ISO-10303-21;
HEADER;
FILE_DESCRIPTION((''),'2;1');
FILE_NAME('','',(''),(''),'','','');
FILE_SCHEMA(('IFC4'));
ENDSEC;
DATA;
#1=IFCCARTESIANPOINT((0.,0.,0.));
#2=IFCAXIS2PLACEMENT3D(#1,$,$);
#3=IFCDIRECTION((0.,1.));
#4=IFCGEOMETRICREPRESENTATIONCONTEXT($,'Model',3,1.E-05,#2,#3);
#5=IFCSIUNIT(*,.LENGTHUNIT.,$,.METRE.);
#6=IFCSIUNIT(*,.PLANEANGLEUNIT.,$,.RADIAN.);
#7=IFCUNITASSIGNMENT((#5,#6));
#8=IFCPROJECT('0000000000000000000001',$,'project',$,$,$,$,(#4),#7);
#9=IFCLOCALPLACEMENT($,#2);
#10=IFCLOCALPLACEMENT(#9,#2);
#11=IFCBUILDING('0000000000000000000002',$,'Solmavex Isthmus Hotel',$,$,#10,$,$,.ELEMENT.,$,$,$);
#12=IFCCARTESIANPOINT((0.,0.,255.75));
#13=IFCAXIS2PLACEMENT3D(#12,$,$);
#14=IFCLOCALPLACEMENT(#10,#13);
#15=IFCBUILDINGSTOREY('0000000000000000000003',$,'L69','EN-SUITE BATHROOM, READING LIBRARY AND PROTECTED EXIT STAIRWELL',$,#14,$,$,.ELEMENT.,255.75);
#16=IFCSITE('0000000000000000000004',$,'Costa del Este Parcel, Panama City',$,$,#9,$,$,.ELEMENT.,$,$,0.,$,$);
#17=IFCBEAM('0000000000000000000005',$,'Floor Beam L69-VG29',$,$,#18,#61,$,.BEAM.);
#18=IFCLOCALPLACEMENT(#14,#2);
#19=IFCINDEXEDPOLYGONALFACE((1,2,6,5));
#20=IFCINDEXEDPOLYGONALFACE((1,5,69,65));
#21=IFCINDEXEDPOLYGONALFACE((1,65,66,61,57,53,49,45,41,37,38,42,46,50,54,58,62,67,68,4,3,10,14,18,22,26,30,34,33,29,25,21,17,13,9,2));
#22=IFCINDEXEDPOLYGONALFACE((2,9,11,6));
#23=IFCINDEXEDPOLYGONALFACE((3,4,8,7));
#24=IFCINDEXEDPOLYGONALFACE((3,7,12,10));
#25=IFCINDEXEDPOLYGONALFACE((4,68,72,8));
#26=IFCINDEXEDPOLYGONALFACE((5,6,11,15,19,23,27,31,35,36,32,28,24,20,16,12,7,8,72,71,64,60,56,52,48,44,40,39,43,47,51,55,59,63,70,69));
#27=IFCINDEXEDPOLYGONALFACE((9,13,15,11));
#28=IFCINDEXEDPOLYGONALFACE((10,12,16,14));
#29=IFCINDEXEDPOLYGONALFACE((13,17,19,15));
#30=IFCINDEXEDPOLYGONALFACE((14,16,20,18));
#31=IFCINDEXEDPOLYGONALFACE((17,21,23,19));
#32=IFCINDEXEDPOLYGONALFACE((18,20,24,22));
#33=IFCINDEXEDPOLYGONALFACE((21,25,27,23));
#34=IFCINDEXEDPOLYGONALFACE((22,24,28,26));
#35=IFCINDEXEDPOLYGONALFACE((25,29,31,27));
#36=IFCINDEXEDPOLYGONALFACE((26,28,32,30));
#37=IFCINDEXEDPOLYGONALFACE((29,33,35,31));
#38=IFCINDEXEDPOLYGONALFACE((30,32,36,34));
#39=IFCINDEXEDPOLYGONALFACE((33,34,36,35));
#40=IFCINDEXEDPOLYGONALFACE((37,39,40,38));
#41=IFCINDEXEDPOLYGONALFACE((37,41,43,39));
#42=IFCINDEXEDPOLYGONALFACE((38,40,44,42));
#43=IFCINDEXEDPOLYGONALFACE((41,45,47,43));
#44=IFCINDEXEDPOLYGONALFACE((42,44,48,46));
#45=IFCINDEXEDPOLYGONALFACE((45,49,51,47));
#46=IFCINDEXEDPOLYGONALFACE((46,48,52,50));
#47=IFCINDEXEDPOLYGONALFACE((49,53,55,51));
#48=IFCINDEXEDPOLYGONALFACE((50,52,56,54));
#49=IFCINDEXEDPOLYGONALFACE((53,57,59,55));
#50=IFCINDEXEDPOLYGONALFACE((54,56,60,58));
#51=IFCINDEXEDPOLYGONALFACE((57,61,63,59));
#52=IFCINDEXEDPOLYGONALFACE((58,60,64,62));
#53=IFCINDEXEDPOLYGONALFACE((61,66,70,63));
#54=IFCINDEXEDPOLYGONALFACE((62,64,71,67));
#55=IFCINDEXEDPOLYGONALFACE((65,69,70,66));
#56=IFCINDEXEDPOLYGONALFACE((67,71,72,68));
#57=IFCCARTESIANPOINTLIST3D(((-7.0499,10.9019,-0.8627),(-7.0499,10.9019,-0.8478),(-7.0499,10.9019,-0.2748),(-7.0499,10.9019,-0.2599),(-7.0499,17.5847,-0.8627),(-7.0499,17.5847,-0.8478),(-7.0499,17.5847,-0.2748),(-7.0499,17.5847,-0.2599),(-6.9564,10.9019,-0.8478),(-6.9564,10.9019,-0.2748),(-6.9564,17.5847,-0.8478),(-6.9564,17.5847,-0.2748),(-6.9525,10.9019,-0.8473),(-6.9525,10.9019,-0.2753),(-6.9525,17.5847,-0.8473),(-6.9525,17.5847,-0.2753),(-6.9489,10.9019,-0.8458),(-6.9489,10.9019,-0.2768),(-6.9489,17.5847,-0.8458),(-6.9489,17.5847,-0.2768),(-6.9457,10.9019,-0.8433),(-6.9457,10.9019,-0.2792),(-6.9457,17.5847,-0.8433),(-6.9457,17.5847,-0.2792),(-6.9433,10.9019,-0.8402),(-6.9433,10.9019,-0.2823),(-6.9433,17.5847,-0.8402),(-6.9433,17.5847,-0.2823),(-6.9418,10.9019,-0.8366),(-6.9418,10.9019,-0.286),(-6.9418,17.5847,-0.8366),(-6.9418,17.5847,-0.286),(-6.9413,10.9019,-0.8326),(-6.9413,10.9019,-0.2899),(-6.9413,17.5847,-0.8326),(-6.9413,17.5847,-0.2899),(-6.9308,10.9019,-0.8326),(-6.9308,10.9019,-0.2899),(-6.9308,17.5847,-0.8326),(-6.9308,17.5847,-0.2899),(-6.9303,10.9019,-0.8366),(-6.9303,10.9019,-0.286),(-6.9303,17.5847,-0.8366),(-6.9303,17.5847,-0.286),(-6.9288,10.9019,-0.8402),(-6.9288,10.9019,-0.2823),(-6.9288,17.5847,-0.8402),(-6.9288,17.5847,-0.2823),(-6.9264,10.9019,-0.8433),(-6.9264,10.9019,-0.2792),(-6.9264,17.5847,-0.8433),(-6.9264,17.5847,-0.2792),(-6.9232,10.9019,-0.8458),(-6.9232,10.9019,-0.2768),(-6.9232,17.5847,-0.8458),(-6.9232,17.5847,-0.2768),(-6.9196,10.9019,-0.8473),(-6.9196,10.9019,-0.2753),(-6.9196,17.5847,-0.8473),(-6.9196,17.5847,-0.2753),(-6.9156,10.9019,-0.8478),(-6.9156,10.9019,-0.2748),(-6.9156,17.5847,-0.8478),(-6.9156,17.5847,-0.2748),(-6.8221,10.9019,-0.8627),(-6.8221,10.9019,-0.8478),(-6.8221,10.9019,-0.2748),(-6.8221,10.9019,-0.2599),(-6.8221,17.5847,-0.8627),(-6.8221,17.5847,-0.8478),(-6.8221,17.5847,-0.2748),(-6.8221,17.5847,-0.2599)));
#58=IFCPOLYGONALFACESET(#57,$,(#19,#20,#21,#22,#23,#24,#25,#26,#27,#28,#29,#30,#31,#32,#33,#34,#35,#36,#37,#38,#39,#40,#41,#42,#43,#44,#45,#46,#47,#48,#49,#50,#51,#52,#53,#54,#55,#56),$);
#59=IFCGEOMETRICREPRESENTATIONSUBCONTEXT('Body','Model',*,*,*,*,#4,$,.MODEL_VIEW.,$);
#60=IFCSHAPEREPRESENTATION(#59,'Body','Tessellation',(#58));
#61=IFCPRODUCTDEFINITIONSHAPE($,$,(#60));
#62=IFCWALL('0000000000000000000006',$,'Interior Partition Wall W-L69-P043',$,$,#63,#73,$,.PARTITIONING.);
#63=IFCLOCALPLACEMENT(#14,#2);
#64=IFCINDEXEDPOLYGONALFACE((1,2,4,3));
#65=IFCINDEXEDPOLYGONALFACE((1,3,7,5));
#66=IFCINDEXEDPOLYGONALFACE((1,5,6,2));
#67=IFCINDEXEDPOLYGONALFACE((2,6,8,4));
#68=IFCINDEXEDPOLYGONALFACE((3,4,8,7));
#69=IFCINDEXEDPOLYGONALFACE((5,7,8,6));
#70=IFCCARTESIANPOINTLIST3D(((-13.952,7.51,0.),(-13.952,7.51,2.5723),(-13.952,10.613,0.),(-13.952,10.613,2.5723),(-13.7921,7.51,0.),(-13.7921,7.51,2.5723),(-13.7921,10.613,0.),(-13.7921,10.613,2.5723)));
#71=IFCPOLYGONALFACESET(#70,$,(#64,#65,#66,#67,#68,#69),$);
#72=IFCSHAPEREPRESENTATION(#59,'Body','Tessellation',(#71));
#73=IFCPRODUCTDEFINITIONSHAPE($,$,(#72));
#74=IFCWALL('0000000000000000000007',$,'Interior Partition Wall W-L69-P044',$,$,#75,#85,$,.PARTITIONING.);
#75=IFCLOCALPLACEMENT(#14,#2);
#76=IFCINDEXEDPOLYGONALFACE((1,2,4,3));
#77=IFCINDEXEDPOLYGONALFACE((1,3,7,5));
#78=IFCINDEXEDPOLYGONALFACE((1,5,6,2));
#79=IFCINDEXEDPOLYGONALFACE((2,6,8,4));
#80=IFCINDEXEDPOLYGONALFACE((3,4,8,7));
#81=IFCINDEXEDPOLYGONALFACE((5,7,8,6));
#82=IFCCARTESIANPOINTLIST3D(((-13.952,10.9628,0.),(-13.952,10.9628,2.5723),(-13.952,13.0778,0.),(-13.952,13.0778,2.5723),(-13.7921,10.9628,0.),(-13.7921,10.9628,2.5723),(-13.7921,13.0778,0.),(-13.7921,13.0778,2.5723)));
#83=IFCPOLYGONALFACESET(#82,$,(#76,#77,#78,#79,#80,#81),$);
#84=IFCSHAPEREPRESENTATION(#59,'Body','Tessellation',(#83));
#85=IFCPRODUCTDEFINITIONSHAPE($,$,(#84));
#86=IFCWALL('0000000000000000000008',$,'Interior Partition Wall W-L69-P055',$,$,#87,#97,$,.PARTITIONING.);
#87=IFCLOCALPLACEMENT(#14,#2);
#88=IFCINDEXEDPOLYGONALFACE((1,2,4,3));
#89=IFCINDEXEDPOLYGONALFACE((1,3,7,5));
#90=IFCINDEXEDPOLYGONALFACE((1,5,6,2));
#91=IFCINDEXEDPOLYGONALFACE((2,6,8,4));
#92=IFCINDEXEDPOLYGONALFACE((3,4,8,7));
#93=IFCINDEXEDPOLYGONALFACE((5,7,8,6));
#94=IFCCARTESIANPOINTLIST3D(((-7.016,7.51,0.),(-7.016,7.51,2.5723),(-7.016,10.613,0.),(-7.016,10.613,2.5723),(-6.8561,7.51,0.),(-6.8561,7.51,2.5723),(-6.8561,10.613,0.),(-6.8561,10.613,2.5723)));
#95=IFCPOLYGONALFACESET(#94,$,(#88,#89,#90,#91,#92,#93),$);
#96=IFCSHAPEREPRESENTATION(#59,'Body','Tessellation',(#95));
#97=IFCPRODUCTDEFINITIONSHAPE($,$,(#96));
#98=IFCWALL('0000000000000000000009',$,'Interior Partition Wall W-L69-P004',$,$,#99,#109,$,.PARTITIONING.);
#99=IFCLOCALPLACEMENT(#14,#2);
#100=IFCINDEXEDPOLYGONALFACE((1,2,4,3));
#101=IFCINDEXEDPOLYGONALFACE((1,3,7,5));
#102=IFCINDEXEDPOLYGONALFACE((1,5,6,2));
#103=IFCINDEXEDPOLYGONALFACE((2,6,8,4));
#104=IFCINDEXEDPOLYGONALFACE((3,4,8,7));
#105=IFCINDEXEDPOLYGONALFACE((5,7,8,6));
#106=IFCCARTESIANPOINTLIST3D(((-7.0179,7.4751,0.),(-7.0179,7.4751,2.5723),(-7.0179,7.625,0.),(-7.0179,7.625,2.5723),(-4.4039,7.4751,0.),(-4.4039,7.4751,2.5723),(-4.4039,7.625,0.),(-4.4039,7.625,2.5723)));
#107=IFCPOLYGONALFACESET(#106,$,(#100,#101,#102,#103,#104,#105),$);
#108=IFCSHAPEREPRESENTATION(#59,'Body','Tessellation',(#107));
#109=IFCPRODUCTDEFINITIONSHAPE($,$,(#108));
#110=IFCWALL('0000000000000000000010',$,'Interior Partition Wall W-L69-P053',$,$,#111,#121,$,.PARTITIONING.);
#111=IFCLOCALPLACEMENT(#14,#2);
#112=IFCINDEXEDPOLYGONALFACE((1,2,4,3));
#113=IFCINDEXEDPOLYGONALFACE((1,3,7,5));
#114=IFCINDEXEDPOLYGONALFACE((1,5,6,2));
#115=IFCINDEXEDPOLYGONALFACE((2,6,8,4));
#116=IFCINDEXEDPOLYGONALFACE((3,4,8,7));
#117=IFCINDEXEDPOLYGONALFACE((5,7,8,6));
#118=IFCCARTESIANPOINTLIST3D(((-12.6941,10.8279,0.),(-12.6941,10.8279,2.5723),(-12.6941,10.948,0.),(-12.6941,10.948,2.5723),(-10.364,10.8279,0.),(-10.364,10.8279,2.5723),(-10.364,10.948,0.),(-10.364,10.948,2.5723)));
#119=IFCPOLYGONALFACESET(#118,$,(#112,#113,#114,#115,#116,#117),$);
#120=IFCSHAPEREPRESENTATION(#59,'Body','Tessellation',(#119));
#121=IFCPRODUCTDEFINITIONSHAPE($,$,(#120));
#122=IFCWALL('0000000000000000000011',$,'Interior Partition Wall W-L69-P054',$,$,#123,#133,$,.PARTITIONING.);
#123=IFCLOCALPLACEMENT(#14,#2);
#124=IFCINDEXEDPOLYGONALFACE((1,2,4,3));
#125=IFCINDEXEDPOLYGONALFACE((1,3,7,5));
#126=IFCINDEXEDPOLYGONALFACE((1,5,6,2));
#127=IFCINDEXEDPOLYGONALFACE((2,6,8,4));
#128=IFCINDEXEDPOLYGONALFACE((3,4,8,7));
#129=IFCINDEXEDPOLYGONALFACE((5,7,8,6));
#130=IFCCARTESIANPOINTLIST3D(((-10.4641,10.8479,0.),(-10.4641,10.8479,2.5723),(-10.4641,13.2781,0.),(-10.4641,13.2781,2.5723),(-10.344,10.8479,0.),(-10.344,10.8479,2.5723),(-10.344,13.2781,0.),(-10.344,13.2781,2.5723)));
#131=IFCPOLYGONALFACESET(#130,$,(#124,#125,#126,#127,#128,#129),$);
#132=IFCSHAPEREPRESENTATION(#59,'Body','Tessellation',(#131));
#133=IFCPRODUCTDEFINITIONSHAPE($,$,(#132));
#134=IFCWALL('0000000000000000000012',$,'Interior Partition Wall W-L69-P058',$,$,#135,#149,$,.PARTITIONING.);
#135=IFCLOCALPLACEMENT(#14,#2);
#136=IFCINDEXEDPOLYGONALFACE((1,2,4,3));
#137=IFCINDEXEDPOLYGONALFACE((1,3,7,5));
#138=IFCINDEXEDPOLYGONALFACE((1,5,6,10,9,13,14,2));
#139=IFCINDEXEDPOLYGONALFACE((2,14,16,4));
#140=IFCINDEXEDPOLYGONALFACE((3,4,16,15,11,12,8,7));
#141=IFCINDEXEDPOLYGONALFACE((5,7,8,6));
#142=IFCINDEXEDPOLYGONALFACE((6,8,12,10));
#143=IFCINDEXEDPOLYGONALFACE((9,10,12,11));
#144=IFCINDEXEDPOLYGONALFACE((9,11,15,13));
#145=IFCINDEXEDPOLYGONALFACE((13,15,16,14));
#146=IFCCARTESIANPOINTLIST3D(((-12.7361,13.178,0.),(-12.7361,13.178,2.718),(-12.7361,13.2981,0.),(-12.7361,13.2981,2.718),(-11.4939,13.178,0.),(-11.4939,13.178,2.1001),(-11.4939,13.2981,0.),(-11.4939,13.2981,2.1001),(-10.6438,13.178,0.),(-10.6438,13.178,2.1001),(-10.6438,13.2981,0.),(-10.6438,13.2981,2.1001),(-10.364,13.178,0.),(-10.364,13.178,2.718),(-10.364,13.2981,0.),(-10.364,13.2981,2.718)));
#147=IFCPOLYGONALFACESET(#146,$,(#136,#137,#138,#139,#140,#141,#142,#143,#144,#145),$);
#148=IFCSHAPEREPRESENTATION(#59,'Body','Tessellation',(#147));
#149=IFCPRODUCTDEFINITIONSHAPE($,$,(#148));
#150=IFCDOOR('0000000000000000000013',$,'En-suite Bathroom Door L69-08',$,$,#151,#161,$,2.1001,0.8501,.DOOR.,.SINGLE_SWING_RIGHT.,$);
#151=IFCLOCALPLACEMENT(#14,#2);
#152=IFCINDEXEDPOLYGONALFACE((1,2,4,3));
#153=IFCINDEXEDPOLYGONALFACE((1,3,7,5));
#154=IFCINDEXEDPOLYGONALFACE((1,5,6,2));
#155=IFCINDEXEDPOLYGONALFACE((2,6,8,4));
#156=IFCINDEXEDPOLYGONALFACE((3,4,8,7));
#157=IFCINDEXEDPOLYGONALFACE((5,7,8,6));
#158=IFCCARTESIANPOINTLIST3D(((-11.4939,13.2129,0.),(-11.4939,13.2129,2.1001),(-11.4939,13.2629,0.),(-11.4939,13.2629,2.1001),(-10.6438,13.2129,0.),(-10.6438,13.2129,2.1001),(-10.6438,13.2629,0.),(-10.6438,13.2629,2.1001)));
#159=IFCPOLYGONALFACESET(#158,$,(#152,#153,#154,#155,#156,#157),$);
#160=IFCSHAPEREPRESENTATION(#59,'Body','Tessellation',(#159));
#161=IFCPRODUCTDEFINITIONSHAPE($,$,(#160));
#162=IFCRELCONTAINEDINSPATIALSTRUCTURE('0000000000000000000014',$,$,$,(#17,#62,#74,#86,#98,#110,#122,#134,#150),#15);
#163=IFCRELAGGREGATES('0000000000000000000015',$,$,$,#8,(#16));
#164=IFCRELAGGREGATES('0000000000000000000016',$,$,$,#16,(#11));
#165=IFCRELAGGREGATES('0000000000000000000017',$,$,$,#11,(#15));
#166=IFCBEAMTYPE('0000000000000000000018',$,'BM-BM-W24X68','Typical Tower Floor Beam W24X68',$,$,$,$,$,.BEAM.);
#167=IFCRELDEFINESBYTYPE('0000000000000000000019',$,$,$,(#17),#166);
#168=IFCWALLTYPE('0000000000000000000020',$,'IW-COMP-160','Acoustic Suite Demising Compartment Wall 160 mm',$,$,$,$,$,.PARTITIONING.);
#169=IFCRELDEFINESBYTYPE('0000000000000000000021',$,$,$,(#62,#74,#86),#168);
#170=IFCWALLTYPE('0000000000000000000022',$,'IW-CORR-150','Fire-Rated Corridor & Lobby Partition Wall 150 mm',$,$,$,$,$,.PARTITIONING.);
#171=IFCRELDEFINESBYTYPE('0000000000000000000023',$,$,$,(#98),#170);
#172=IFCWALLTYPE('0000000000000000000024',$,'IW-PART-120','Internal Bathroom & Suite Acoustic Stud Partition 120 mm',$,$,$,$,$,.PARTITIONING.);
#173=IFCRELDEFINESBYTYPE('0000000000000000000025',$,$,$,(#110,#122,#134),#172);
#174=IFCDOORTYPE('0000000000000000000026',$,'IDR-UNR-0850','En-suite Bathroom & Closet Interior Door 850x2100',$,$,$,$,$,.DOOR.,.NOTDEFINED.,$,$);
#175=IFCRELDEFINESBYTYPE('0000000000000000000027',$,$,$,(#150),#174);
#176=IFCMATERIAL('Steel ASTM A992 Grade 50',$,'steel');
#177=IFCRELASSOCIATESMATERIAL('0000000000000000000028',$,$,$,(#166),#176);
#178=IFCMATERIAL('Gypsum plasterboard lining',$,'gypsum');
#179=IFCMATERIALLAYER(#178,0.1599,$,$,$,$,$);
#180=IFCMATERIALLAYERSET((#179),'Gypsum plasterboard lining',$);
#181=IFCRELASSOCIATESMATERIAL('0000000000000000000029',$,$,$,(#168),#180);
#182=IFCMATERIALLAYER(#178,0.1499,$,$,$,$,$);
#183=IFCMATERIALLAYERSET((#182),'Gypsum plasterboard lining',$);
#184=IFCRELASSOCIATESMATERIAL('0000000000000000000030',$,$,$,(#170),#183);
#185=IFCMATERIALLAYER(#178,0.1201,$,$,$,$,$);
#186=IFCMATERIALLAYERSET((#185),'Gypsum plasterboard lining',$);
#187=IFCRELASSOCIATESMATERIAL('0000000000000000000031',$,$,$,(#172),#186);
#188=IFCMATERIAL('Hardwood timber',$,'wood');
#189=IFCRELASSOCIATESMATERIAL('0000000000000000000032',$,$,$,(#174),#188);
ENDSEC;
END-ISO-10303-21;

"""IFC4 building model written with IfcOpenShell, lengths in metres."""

from ifc_helpers import new_model, si_unit, direction, frame, frame_2d, origin, origin_2d, place, context, subcontext, project, spatial, rectangle, i_section, extrude, material, layer, layer_set, material_profile, profile_set, type_object, element, fill, save


model = new_model("IFC4")

# Units and contexts
model_context = context("Model", 3, precision=1e-05, world=origin(), true_north=direction((0.0, 1.0)))
body_context = subcontext(model_context, "Body", "Model", "MODEL_VIEW")
ifc_project = project(units=[si_unit("LENGTHUNIT", "METRE"), si_unit("PLANEANGLEUNIT", "RADIAN")], contexts=[model_context])

# Site, building, storey
site_placement = place(None, origin())
site = spatial("IfcSite", under=ifc_project, at=site_placement, Name="Costa del Este Parcel, Panama City", CompositionType="ELEMENT", RefElevation=0.0)
building_placement = place(site_placement, origin())
building = spatial("IfcBuilding", under=site, at=building_placement, Name="Solmavex Isthmus Hotel", CompositionType="ELEMENT")
storey_placement = place(building_placement, frame((0.0, 0.0, 255.75)))
storey = spatial("IfcBuildingStorey", under=building, at=storey_placement, Name="L69", Description="EN-SUITE BATHROOM, READING LIBRARY AND PROTECTED EXIT STAIRWELL", CompositionType="ELEMENT", Elevation=255.75)

# Beam
ifc_material_1 = material(Name="Steel ASTM A992 Grade 50", Category="steel")
ifc_material_profile_1 = material_profile(ifc_material_1, i_section(OverallWidth=0.2278, OverallDepth=0.6028, WebThickness=0.0105, FlangeThickness=0.0149, FilletRadius=0.0151, at=origin_2d()), Name="W24X68")
ifc_profile_set_1 = profile_set([ifc_material_profile_1], Name="Steel ASTM A992 Grade 50")
beam_type_1 = type_object("IfcBeamType", Name="BM-BM-W24X68", Description="Typical Tower Floor Beam W24X68", PredefinedType="BEAM", material=ifc_profile_set_1)
for number, where, z_axis, x_axis, name in (
    (1, (-6.936, 10.9019, -0.5613), (0.0, 1.0, 0.0), (-1.0, 0.0, 0.0), "Floor Beam L69-VG29"),
):
    element("IfcBeam", number, at=place(storey_placement, frame(where, z_axis=z_axis, x_axis=x_axis)), inside=storey, type_object=beam_type_1, Name=name, PredefinedType="BEAM", context=body_context, shape_type="SweptSolid", body=[
        extrude(i_section(OverallWidth=0.2278, OverallDepth=0.6028, WebThickness=0.0105, FlangeThickness=0.0149, FilletRadius=0.0151, at=origin_2d()), origin(), (0.0, 0.0, 1.0), 6.6829),
    ])

# Walls
ifc_material_2 = material(Name="Gypsum plasterboard lining", Category="gypsum")
ifc_layer_1 = layer(ifc_material_2, 0.1599)
ifc_layer_set_1 = layer_set([ifc_layer_1], Name="Gypsum plasterboard lining")
wall_type_1 = type_object("IfcWallType", Name="IW-COMP-160", Description="Acoustic Suite Demising Compartment Wall 160 mm", PredefinedType="PARTITIONING", material=ifc_layer_set_1)
wall_1_placement = place(storey_placement, frame((-13.8721, 10.613, 0.0), z_axis=(0.0, 0.0, 1.0), x_axis=(0.0, -1.0, 0.0)))
element("IfcWall", 2, at=wall_1_placement, inside=storey, type_object=wall_type_1, Name="Interior Partition Wall W-L69-P043", PredefinedType="PARTITIONING", context=body_context, shape_type="SweptSolid", body=[
    extrude(rectangle(XDim=3.103, YDim=0.1599, at=frame_2d((1.5515, 0.0))), origin(), (0.0, 0.0, 1.0), 2.5723),
])
wall_2_placement = place(storey_placement, frame((-13.8721, 13.0779, 0.0), z_axis=(0.0, 0.0, 1.0), x_axis=(0.0, -1.0, 0.0)))
element("IfcWall", 3, at=wall_2_placement, inside=storey, type_object=wall_type_1, Name="Interior Partition Wall W-L69-P044", PredefinedType="PARTITIONING", context=body_context, shape_type="SweptSolid", body=[
    extrude(rectangle(XDim=2.115, YDim=0.1599, at=frame_2d((1.0576, 0.0))), origin(), (0.0, 0.0, 1.0), 2.5723),
])

# Shared definitions
ifc_material_3 = material(Name="Hardwood timber", Category="wood")

# Wall
wall_3_placement = place(storey_placement, frame((-6.936, 10.613, 0.0), z_axis=(0.0, 0.0, 1.0), x_axis=(0.0, -1.0, 0.0)))
element("IfcWall", 4, at=wall_3_placement, inside=storey, type_object=wall_type_1, Name="Interior Partition Wall W-L69-P055", PredefinedType="PARTITIONING", context=body_context, shape_type="SweptSolid", body=[
    extrude(rectangle(XDim=3.103, YDim=0.1599, at=frame_2d((1.5515, 0.0))), origin(), (0.0, 0.0, 1.0), 2.5723),
])

# Shared definitions
ifc_layer_2 = layer(ifc_material_2, 0.1499)
ifc_layer_set_2 = layer_set([ifc_layer_2], Name="Gypsum plasterboard lining")
wall_type_2 = type_object("IfcWallType", Name="IW-CORR-150", Description="Fire-Rated Corridor & Lobby Partition Wall 150 mm", PredefinedType="PARTITIONING", material=ifc_layer_set_2)

# Walls
wall_4_placement = place(storey_placement, frame((-7.0181, 7.55, 0.0), z_axis=(0.0, 0.0, 1.0), x_axis=(1.0, 0.0, 0.0)))
element("IfcWall", 5, at=wall_4_placement, inside=storey, type_object=wall_type_2, Name="Interior Partition Wall W-L69-P004", PredefinedType="PARTITIONING", context=body_context, shape_type="SweptSolid", body=[
    extrude(rectangle(XDim=2.614, YDim=0.1499, at=frame_2d((1.3071, 0.0))), origin(), (0.0, 0.0, 1.0), 2.5723),
])
ifc_layer_3 = layer(ifc_material_2, 0.1201)
ifc_layer_set_3 = layer_set([ifc_layer_3], Name="Gypsum plasterboard lining")
wall_type_3 = type_object("IfcWallType", Name="IW-PART-120", Description="Internal Bathroom & Suite Acoustic Stud Partition 120 mm", PredefinedType="PARTITIONING", material=ifc_layer_set_3)
wall_5_placement = place(storey_placement, frame((-12.6941, 10.8879, 0.0), z_axis=(0.0, 0.0, 1.0), x_axis=(1.0, 0.0, 0.0)))
element("IfcWall", 6, at=wall_5_placement, inside=storey, type_object=wall_type_3, Name="Interior Partition Wall W-L69-P053", PredefinedType="PARTITIONING", context=body_context, shape_type="SweptSolid", body=[
    extrude(rectangle(XDim=2.3301, YDim=0.1201, at=frame_2d((1.165, 0.0))), origin(), (0.0, 0.0, 1.0), 2.5723),
])
wall_6_placement = place(storey_placement, frame((-10.4041, 10.8479, 0.0), z_axis=(0.0, 0.0, 1.0), x_axis=(0.0, 1.0, 0.0)))
element("IfcWall", 7, at=wall_6_placement, inside=storey, type_object=wall_type_3, Name="Interior Partition Wall W-L69-P054", PredefinedType="PARTITIONING", context=body_context, shape_type="SweptSolid", body=[
    extrude(rectangle(XDim=2.4302, YDim=0.1201, at=frame_2d((1.2151, 0.0))), origin(), (0.0, 0.0, 1.0), 2.5723),
])

# Wall, opening, door
wall_7_placement = place(storey_placement, frame((-10.364, 13.238, 0.0), z_axis=(0.0, 0.0, 1.0), x_axis=(-1.0, 0.0, 0.0)))
wall_7 = element("IfcWall", 8, at=wall_7_placement, inside=storey, type_object=wall_type_3, Name="Interior Partition Wall W-L69-P058", PredefinedType="PARTITIONING", context=body_context, shape_type="SweptSolid", body=[
    extrude(rectangle(XDim=2.3721, YDim=0.1201, at=frame_2d((1.186, 0.0))), origin(), (0.0, 0.0, 1.0), 2.718),
])
opening_1_placement = place(wall_7_placement, frame((0.2798, 0.0, 0.0)))
opening_1 = element("IfcOpeningElement", 9, at=opening_1_placement, cuts=wall_7, PredefinedType="OPENING", context=body_context, shape_type="SweptSolid", body=[
    extrude(rectangle(XDim=0.8501, YDim=2.1001, at=frame_2d((0.425, 1.05))), frame((0.0, 0.0701, 0.0), z_axis=(0.0, -1.0, 0.0), x_axis=(1.0, 0.0, 0.0)), (0.0, 0.0, 1.0), 0.1401),
])
door_type_1 = type_object("IfcDoorType", Name="IDR-UNR-0850", Description="En-suite Bathroom & Closet Interior Door 850x2100", OperationType="NOTDEFINED", PredefinedType="DOOR", material=ifc_material_3)
door_1_placement = place(opening_1_placement, frame((0.8501, 0.0, 0.0), z_axis=(0.0, 0.0, 1.0), x_axis=(-1.0, 0.0, 0.0)))
door_1 = element("IfcDoor", 10, at=door_1_placement, inside=storey, type_object=door_type_1, Name="En-suite Bathroom Door L69-08", OperationType="SINGLE_SWING_RIGHT", OverallHeight=2.1001, OverallWidth=0.8501, PredefinedType="DOOR", context=body_context, shape_type="SweptSolid", body=[
    extrude(rectangle(XDim=0.8501, YDim=2.1001, at=frame_2d((0.425, 1.05))), frame((0.0, 0.0249, 0.0), z_axis=(0.0, -1.0, 0.0), x_axis=(1.0, 0.0, 0.0)), (0.0, 0.0, 1.0), 0.05),
])
fill(opening_1, door_1)

save(model, "model.ifc")
